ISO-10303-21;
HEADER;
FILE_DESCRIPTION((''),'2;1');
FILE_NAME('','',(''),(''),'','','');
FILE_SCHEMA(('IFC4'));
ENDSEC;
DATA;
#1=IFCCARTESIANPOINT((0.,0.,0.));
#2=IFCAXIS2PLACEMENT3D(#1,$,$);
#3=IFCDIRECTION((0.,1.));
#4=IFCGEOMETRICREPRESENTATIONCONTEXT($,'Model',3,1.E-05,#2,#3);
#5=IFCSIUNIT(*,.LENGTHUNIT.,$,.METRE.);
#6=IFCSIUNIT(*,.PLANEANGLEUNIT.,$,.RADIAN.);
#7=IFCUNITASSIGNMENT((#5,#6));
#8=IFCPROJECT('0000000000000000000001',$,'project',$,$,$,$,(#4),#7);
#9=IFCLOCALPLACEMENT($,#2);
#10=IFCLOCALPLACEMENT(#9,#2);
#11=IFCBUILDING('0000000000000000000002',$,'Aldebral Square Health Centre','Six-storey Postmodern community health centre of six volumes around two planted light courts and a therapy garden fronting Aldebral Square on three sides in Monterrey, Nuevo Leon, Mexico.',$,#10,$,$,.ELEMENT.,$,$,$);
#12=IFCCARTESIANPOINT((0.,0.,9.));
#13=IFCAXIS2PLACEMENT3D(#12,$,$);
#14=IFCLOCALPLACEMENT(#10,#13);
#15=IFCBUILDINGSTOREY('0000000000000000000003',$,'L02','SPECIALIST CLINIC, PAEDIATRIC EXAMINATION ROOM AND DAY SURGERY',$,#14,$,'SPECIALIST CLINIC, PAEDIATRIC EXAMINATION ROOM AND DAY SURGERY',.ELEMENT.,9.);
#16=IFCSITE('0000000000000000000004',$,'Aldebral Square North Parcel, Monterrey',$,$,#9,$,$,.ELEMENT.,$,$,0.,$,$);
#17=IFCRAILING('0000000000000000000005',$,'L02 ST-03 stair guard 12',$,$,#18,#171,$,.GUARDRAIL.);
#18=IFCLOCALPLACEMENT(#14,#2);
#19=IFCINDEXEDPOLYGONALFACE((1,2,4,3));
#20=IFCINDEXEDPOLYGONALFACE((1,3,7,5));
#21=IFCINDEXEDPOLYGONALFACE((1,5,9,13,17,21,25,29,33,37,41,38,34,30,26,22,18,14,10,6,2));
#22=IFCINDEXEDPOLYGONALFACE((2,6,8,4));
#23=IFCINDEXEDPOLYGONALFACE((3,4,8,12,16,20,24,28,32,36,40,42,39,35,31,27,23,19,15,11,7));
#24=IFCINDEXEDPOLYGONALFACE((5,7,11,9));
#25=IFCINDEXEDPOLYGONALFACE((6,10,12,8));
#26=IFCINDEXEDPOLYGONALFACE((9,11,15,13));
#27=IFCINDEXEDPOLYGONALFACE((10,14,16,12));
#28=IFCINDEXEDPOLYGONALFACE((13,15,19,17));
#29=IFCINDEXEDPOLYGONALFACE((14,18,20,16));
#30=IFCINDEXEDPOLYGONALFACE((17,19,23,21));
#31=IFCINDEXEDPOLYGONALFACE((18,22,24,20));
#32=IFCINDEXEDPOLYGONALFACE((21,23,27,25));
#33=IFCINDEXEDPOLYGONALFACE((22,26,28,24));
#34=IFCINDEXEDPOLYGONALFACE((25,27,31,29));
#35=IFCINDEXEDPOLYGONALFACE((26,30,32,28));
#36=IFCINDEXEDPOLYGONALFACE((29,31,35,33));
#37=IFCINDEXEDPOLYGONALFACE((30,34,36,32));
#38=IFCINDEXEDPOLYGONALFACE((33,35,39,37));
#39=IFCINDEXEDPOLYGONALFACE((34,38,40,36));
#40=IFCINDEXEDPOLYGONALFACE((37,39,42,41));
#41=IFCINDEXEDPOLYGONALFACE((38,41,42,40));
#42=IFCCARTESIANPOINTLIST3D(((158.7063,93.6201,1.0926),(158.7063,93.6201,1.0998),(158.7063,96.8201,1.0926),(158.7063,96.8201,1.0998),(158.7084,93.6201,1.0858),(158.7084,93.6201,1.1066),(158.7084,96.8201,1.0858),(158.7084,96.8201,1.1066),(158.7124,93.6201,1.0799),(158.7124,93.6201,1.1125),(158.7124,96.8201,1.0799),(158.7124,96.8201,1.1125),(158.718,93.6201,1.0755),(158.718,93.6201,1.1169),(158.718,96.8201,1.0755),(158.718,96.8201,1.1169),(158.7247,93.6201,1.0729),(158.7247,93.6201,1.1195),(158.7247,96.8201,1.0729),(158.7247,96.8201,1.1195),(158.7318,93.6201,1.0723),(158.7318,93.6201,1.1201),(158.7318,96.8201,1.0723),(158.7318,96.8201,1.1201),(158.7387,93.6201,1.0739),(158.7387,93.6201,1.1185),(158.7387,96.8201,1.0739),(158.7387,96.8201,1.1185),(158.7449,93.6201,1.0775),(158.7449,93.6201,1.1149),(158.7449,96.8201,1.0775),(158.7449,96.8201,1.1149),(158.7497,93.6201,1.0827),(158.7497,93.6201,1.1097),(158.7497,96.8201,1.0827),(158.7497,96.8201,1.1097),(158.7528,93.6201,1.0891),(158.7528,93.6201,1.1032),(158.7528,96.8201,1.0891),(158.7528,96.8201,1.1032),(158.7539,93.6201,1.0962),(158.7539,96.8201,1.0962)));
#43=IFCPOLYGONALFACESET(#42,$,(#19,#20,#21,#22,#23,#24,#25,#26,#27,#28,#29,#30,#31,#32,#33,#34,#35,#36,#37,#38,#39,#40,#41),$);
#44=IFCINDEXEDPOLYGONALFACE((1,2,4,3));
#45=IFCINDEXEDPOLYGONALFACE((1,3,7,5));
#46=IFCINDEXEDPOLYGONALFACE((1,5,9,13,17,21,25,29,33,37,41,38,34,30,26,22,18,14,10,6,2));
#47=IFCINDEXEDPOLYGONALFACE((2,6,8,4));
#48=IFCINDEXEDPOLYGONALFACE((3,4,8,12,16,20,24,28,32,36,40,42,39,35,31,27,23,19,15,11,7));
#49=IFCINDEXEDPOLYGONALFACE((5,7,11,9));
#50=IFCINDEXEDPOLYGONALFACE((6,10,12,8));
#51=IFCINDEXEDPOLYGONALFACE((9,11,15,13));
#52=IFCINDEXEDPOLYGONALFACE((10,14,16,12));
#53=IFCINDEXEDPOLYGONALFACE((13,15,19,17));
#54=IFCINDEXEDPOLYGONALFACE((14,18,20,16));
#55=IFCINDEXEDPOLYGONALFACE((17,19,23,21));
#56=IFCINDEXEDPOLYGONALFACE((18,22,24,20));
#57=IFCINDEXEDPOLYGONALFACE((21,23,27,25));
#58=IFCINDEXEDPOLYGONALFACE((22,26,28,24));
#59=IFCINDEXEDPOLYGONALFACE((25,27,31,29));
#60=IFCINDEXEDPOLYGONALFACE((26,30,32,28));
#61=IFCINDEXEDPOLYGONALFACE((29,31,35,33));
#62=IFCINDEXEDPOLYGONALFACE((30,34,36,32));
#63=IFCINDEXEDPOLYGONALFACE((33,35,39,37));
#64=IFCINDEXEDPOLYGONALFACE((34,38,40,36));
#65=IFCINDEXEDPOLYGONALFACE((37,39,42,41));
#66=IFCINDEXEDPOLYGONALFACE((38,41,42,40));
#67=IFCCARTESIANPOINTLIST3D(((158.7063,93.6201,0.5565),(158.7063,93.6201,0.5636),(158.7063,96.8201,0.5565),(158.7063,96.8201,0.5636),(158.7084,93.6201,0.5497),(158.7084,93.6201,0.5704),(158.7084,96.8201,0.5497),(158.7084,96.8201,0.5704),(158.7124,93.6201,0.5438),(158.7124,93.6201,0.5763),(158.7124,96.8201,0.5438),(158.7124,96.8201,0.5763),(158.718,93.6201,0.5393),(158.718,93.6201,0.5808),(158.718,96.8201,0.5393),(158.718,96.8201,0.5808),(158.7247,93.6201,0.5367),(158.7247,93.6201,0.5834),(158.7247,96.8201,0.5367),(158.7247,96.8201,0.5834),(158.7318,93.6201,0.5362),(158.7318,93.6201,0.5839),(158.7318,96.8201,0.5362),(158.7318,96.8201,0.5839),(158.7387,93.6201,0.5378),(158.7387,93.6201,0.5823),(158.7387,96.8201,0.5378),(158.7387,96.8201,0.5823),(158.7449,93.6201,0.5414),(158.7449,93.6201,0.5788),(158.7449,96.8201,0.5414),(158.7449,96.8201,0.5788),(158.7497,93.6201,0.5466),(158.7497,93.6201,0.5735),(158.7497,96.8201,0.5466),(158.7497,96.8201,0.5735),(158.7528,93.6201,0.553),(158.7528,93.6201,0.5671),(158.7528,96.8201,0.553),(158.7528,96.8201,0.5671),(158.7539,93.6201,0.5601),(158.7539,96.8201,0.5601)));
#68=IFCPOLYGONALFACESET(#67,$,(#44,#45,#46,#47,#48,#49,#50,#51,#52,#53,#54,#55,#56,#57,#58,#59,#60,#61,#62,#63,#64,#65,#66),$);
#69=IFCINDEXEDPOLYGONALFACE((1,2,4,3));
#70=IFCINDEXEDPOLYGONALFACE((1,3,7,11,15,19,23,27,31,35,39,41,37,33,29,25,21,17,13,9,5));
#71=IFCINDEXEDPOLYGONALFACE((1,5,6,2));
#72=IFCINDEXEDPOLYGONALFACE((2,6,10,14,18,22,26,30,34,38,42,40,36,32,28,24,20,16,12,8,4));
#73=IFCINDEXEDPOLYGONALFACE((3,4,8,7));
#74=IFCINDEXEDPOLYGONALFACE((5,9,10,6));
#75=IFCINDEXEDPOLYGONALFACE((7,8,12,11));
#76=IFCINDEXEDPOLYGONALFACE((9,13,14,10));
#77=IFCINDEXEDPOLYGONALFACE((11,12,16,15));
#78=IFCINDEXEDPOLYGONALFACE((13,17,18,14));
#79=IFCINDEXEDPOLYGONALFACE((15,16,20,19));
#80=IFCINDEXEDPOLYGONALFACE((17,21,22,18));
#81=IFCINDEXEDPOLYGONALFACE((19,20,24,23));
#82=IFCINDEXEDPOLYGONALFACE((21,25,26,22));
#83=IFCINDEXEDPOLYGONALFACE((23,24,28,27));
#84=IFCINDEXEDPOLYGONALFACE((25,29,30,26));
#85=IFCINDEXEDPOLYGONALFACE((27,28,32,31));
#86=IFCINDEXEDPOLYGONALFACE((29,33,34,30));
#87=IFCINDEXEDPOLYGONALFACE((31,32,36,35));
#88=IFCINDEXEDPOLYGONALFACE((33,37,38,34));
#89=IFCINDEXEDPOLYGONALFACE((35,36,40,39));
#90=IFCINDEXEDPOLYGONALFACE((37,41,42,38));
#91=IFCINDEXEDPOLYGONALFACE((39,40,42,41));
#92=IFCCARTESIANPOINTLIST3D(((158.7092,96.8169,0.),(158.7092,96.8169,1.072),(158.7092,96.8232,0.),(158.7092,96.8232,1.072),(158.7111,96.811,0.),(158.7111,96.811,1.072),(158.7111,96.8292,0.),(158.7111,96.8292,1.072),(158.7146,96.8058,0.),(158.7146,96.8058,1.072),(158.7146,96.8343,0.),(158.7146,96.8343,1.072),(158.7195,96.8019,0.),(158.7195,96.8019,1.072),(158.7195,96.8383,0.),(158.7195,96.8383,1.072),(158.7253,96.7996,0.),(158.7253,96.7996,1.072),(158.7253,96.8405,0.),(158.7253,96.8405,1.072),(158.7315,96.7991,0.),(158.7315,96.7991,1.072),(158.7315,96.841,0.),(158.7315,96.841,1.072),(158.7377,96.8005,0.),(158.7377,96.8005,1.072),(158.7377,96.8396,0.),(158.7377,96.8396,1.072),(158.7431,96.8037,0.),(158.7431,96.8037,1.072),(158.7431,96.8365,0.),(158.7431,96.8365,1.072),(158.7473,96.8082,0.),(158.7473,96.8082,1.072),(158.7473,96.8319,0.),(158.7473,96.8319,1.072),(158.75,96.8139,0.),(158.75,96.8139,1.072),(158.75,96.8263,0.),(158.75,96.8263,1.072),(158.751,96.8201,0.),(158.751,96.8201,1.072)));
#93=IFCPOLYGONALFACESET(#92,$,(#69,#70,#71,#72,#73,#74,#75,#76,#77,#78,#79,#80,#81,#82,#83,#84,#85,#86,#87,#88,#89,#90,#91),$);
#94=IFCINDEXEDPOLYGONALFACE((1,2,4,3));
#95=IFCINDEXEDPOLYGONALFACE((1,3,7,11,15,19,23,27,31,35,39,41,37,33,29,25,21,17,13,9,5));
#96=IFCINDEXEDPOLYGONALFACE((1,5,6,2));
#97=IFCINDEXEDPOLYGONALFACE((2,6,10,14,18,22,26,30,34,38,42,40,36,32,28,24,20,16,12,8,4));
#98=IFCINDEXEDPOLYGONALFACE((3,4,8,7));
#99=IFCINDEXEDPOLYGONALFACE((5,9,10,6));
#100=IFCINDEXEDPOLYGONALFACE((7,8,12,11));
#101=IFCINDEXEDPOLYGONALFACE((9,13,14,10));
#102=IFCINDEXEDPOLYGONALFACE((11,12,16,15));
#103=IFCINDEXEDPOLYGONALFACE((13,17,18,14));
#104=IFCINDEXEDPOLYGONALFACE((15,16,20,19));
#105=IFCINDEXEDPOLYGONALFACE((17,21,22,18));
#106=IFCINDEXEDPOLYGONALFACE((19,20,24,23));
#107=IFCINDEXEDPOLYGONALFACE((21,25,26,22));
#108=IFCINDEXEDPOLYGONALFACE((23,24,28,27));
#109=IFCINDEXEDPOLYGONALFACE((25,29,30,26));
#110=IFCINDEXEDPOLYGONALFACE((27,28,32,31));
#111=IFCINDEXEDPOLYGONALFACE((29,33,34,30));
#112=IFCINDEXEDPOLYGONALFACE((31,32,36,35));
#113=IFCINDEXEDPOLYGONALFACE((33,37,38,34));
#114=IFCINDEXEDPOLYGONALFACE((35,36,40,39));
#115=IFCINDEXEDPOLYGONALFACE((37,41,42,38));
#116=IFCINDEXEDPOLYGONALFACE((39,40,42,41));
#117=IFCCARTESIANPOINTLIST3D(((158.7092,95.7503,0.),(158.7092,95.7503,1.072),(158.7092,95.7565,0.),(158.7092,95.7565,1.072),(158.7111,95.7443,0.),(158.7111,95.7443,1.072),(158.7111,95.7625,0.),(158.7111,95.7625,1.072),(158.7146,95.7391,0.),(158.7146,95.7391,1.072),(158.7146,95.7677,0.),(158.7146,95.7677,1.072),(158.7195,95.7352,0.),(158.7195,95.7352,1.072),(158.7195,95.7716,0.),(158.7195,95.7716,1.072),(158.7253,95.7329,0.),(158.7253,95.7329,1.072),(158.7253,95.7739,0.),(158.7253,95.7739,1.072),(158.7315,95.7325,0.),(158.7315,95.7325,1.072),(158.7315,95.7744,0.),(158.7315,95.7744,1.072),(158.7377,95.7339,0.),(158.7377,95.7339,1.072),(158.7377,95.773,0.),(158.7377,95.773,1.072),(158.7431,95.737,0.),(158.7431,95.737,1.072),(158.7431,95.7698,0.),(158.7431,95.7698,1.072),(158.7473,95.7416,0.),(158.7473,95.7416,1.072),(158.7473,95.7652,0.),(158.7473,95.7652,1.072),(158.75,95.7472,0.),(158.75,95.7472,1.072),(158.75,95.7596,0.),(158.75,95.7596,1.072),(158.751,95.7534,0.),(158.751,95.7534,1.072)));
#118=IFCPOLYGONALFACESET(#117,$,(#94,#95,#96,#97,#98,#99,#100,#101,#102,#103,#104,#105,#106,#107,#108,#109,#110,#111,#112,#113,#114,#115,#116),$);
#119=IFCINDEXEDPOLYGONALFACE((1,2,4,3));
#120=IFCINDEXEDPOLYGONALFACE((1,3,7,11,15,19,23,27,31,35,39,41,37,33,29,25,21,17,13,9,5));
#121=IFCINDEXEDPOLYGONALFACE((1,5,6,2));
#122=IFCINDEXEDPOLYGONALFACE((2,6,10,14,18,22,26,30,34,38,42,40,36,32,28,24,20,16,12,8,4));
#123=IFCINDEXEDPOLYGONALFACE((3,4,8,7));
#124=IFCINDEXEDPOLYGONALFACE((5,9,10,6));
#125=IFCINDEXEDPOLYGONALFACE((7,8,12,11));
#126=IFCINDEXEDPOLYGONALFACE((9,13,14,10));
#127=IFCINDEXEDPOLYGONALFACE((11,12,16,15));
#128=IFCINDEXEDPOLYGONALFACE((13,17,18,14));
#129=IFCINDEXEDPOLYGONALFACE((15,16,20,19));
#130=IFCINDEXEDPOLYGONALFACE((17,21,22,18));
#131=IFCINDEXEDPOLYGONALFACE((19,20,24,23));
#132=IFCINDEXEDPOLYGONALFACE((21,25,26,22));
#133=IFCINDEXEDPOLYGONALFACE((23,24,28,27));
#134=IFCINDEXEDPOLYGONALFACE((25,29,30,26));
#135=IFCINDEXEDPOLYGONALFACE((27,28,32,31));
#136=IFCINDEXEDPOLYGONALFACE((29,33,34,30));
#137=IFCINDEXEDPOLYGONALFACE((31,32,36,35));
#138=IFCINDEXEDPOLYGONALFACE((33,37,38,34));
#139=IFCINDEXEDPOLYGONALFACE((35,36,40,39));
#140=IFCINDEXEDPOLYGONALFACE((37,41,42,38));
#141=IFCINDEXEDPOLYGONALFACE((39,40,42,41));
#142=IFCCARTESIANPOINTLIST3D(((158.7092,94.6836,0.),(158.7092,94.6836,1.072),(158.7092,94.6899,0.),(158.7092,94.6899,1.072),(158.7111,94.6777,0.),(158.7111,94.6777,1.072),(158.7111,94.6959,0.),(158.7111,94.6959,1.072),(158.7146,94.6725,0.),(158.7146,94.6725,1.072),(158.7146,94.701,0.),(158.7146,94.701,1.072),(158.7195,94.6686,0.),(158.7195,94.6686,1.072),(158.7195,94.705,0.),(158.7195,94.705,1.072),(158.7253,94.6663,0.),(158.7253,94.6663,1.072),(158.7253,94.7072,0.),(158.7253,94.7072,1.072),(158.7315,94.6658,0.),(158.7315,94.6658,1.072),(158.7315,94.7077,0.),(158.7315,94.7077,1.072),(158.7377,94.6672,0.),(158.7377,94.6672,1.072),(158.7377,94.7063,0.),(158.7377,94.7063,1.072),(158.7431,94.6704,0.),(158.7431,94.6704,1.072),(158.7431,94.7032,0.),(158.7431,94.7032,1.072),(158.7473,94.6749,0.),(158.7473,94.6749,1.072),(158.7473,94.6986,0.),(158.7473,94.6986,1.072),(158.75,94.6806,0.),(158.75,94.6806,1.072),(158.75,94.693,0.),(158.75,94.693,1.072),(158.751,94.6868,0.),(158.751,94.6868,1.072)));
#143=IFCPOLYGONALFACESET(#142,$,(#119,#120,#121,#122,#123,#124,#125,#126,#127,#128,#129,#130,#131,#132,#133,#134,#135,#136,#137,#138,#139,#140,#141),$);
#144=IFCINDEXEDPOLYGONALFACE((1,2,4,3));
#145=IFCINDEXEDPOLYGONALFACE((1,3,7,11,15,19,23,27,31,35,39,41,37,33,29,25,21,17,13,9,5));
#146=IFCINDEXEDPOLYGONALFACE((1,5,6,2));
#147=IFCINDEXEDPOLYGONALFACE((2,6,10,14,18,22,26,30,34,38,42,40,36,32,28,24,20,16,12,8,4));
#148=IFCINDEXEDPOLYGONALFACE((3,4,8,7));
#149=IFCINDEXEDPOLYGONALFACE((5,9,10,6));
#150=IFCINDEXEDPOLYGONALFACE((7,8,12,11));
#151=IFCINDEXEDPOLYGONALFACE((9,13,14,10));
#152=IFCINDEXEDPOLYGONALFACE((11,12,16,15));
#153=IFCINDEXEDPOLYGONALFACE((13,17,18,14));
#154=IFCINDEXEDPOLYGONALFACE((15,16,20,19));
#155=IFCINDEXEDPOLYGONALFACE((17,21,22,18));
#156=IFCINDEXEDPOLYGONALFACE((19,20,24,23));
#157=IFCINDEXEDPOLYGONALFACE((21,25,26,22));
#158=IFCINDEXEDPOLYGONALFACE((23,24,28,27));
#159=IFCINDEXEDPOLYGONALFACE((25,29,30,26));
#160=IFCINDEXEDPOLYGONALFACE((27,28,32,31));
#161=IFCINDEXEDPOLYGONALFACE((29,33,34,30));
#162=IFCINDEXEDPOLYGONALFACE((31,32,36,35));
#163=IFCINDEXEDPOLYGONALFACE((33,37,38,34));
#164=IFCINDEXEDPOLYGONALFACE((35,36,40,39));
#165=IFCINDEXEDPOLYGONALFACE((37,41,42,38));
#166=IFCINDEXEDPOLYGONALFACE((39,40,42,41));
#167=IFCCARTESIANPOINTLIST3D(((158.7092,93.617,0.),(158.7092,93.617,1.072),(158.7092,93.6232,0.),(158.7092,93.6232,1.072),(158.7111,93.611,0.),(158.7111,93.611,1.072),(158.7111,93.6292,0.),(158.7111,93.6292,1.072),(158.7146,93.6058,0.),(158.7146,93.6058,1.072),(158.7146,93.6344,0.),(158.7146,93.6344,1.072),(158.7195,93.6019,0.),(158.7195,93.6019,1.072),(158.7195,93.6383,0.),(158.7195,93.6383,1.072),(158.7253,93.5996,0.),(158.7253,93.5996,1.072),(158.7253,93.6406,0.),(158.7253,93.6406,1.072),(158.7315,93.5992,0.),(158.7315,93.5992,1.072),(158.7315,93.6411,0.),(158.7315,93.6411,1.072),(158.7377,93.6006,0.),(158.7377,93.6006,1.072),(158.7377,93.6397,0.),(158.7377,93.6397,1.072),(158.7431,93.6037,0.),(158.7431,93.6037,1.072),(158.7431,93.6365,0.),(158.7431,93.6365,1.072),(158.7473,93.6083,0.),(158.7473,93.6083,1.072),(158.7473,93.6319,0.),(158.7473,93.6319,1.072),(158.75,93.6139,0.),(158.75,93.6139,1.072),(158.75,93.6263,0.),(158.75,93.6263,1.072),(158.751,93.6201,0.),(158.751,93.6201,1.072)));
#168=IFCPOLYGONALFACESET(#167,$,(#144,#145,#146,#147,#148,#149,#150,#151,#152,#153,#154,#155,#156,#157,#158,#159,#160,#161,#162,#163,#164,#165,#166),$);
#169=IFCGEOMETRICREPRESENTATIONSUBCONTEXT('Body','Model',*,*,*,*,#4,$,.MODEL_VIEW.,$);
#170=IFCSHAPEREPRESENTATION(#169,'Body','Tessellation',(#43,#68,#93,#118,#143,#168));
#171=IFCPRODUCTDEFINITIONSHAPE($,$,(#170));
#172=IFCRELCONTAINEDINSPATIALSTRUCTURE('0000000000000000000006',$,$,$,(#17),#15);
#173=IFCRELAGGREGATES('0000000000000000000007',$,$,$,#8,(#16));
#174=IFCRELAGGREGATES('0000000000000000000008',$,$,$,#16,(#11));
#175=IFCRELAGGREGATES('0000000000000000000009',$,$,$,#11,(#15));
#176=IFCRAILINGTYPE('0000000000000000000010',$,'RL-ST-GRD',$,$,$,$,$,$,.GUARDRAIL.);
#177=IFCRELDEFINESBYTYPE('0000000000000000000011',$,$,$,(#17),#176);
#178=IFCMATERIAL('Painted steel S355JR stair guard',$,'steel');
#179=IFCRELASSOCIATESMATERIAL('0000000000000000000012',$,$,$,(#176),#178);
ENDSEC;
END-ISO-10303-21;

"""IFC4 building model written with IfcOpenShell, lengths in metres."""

from ifc_helpers import new_model, si_unit, direction, frame, origin, origin_2d, place, context, subcontext, project, spatial, circle, extrude, material, type_object, element, save


model = new_model("IFC4")

# Units and contexts
model_context = context("Model", 3, precision=1e-05, world=origin(), true_north=direction((0.0, 1.0)))
body_context = subcontext(model_context, "Body", "Model", "MODEL_VIEW")
ifc_project = project(units=[si_unit("LENGTHUNIT", "METRE"), si_unit("PLANEANGLEUNIT", "RADIAN")], contexts=[model_context])

# Site, building, storey
site_placement = place(None, origin())
site = spatial("IfcSite", under=ifc_project, at=site_placement, Name="Aldebral Square North Parcel, Monterrey", CompositionType="ELEMENT", RefElevation=0.0)
building_placement = place(site_placement, origin())
building = spatial("IfcBuilding", under=site, at=building_placement, Name="Aldebral Square Health Centre", Description="Six-storey Postmodern community health centre of six volumes around two planted light courts and a therapy garden fronting Aldebral Square on three sides in Monterrey, Nuevo Leon, Mexico.", CompositionType="ELEMENT")
storey_placement = place(building_placement, frame((0.0, 0.0, 9.0)))
storey = spatial("IfcBuildingStorey", under=building, at=storey_placement, Name="L02", Description="SPECIALIST CLINIC, PAEDIATRIC EXAMINATION ROOM AND DAY SURGERY", LongName="SPECIALIST CLINIC, PAEDIATRIC EXAMINATION ROOM AND DAY SURGERY", CompositionType="ELEMENT", Elevation=9.0)

# Railing
ifc_material_1 = material(Name="Painted steel S355JR stair guard", Category="steel")
railing_type_1 = type_object("IfcRailingType", Name="RL-ST-GRD", PredefinedType="GUARDRAIL", material=ifc_material_1)
railing_1_placement = place(storey_placement, frame((158.73, 96.8201, 0.0)))
element("IfcRailing", 1, at=railing_1_placement, inside=storey, type_object=railing_type_1, Name="L02 ST-03 stair guard 12", PredefinedType="GUARDRAIL", context=body_context, shape_type="SweptSolid", body=[
    extrude(circle(Radius=0.0239, at=origin_2d()), frame((0.0, 0.0, 1.0962), z_axis=(0.0, -1.0, 0.0), x_axis=(1.0, 0.0, 0.0)), (0.0, 0.0, 1.0), 3.2),
    extrude(circle(Radius=0.0239, at=origin_2d()), frame((0.0, 0.0, 0.5601), z_axis=(0.0, -1.0, 0.0), x_axis=(1.0, 0.0, 0.0)), (0.0, 0.0, 1.0), 3.2),
    extrude(circle(Radius=0.021, at=origin_2d()), origin(), (0.0, 0.0, 1.0), 1.072),
    extrude(circle(Radius=0.021, at=origin_2d()), frame((0.0, -1.0667, 0.0)), (0.0, 0.0, 1.0), 1.072),
    extrude(circle(Radius=0.021, at=origin_2d()), frame((0.0, -2.1333, 0.0)), (0.0, 0.0, 1.0), 1.072),
    extrude(circle(Radius=0.021, at=origin_2d()), frame((0.0, -3.2, 0.0)), (0.0, 0.0, 1.0), 1.072),
])

save(model, "model.ifc")
